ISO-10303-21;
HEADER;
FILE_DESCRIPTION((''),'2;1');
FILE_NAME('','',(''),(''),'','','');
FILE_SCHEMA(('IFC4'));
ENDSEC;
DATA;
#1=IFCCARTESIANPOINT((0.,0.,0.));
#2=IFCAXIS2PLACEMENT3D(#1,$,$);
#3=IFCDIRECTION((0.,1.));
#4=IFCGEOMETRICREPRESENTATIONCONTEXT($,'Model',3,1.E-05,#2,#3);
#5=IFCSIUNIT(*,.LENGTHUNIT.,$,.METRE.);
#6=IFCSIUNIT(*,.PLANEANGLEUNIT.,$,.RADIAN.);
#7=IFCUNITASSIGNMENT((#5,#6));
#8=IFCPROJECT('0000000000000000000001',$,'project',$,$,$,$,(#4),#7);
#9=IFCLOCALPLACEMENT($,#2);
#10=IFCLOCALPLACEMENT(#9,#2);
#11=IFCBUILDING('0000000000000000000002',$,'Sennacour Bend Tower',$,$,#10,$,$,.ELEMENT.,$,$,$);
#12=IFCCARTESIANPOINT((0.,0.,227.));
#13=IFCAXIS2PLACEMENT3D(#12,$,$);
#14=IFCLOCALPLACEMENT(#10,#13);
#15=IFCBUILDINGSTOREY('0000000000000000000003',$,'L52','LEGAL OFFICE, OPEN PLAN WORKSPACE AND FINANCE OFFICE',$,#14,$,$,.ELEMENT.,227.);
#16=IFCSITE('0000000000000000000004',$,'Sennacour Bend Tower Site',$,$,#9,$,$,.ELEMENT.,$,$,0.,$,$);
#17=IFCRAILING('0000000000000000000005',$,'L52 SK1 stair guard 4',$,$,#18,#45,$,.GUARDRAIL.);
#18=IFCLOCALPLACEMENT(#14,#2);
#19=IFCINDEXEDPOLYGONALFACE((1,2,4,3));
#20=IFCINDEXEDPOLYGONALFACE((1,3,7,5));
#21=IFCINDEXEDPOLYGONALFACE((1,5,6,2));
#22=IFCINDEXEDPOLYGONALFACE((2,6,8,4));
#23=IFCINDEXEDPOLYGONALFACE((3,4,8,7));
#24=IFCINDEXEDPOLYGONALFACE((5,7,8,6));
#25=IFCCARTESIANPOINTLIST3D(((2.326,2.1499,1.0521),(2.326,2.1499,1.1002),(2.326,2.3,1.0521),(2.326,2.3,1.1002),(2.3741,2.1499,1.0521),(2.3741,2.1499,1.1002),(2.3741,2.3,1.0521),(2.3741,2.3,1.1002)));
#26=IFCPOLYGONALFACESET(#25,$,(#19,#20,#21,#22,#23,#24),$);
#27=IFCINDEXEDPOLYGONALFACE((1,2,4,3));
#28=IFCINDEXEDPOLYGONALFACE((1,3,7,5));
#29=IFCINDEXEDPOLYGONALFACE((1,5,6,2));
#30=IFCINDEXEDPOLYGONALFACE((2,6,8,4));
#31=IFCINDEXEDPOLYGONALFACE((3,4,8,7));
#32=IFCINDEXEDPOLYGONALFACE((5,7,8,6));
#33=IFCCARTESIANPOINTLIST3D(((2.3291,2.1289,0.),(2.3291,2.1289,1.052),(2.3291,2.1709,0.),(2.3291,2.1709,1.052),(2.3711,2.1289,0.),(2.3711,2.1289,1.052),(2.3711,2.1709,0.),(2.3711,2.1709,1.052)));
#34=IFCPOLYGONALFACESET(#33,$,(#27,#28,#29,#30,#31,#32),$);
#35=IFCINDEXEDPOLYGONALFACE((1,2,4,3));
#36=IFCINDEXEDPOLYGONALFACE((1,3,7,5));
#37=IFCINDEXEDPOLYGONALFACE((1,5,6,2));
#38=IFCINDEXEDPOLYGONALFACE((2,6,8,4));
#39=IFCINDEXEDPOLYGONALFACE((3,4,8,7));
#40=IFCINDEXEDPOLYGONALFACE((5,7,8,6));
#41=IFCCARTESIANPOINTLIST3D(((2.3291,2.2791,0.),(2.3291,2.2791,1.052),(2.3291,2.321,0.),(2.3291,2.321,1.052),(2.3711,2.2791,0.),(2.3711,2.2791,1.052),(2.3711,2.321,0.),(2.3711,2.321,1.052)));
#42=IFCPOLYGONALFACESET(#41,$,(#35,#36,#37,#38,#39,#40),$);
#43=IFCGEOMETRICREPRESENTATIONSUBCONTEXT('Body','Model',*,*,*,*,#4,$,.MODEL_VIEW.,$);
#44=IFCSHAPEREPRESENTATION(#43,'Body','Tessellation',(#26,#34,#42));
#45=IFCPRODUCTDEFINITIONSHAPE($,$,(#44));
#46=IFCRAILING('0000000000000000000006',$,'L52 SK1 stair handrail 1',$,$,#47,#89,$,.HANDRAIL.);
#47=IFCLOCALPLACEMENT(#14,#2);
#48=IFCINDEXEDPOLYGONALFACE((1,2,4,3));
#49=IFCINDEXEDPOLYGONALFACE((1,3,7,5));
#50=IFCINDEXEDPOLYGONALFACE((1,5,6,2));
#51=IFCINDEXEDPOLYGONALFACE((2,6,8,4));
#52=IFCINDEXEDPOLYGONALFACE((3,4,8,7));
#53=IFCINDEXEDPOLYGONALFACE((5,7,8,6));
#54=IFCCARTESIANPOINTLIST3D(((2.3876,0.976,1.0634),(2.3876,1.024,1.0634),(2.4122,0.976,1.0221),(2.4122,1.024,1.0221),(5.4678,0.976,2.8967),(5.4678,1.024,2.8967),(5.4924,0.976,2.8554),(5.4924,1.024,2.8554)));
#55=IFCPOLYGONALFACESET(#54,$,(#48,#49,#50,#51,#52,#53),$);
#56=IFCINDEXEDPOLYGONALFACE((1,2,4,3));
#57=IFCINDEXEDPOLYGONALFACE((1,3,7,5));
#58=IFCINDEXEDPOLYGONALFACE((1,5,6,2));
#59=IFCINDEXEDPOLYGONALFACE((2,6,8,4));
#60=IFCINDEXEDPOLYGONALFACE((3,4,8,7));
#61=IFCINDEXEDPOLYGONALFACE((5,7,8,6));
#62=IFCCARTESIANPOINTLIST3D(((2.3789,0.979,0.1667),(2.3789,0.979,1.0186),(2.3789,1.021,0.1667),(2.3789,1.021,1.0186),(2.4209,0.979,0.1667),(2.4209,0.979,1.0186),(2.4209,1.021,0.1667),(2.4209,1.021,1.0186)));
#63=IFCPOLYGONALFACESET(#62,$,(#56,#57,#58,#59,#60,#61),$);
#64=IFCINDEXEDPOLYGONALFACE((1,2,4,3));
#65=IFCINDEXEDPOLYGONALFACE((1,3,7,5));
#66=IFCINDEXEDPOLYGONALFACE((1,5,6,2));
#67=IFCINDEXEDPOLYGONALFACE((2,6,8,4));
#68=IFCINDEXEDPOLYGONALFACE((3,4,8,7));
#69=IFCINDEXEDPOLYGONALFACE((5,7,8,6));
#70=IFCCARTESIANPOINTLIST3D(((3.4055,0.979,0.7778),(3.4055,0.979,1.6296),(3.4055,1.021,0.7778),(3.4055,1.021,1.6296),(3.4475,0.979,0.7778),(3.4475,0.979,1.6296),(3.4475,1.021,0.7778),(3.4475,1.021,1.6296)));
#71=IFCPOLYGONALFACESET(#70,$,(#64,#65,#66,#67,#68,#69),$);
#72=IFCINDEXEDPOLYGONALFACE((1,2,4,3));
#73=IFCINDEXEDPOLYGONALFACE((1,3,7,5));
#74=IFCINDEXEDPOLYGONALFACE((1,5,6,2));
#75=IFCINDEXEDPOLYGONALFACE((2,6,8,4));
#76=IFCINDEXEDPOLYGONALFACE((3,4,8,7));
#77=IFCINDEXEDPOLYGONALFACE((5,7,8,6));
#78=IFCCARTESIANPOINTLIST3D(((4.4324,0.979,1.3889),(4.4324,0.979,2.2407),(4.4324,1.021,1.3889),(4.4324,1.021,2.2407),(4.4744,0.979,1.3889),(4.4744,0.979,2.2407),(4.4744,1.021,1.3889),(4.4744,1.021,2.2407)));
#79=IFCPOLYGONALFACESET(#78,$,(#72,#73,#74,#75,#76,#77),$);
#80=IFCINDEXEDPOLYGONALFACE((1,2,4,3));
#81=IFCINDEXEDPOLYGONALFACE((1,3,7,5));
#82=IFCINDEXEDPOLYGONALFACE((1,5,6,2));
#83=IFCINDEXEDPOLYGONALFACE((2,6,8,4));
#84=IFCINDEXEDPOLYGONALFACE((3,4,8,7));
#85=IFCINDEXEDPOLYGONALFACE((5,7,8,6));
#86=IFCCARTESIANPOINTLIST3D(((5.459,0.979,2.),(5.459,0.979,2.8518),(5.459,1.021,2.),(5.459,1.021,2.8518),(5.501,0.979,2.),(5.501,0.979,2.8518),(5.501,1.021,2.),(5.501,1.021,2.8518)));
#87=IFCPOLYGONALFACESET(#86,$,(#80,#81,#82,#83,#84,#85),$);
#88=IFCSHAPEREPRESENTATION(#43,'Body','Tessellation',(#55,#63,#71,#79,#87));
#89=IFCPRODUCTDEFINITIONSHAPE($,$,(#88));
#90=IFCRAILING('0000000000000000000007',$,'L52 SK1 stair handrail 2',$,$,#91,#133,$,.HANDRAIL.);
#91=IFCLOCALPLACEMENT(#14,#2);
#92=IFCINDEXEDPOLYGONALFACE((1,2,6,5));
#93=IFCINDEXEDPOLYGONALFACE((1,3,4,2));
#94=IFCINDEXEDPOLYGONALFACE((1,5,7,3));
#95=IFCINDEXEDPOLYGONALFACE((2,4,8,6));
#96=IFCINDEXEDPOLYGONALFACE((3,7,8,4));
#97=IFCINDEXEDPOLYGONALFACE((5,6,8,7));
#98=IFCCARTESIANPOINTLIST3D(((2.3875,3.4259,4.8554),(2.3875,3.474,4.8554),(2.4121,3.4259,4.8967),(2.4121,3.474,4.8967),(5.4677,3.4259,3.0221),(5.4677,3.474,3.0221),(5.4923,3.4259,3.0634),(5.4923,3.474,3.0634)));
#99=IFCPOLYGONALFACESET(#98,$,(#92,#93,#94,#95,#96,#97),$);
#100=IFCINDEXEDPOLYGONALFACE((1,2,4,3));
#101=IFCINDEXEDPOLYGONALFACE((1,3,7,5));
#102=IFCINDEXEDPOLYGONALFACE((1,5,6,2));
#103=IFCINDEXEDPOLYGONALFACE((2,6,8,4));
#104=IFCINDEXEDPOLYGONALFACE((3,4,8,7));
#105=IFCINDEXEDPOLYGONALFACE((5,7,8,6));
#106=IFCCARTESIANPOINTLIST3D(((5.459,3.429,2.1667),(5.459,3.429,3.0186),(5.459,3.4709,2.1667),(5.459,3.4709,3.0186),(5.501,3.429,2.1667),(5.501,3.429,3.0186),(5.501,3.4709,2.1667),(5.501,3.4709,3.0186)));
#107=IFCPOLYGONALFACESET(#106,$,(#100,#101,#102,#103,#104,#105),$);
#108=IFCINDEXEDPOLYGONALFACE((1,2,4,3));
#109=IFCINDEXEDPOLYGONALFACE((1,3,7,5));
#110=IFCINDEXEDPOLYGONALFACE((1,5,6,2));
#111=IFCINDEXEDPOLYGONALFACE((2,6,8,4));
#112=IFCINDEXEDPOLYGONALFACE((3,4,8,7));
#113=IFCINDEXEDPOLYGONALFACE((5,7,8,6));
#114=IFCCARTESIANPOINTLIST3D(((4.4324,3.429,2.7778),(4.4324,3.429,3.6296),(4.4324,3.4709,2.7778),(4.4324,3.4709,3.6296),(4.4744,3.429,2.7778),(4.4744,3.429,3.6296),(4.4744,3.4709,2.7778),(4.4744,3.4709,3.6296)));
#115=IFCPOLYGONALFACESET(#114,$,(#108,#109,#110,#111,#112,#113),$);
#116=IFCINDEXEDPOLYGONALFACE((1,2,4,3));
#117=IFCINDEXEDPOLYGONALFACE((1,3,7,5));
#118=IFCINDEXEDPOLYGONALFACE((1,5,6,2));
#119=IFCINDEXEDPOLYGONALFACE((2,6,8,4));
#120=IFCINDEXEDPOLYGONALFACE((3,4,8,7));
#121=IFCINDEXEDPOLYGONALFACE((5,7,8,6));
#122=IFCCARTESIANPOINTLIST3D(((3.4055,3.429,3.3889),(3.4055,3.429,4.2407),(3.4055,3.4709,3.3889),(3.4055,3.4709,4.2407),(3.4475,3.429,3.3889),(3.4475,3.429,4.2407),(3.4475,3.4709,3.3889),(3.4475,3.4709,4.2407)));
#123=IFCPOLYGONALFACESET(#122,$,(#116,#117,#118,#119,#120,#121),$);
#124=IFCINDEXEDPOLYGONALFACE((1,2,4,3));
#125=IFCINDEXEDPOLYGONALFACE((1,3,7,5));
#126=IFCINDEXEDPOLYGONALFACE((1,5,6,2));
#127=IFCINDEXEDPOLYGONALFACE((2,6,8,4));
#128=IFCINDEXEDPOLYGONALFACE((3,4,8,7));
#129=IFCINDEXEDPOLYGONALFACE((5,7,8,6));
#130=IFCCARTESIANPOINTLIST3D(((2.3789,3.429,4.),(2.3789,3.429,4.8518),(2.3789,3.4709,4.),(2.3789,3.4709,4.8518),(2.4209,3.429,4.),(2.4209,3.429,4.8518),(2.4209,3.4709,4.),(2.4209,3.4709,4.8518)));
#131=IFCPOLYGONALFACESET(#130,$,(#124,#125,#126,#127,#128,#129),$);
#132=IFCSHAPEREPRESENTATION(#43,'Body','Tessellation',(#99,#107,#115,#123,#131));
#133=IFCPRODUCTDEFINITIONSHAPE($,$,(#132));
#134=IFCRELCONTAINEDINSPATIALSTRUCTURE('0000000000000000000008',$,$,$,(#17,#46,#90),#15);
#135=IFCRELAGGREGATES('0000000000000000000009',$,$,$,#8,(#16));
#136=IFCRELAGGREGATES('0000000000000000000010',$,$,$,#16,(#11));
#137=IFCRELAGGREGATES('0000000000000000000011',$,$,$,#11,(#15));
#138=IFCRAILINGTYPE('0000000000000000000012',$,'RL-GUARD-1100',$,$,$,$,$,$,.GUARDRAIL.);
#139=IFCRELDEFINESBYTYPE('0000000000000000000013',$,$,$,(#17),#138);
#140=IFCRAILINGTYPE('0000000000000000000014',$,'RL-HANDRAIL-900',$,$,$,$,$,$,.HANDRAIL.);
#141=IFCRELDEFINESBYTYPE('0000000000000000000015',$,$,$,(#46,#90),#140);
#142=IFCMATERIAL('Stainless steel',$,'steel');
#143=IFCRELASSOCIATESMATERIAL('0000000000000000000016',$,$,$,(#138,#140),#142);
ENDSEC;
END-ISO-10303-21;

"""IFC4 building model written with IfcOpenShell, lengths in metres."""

from ifc_helpers import new_model, si_unit, direction, frame, origin, origin_2d, place, context, subcontext, project, spatial, rectangle, extrude, material, type_object, element, save


model = new_model("IFC4")

# Units and contexts
model_context = context("Model", 3, precision=1e-05, world=origin(), true_north=direction((0.0, 1.0)))
body_context = subcontext(model_context, "Body", "Model", "MODEL_VIEW")
ifc_project = project(units=[si_unit("LENGTHUNIT", "METRE"), si_unit("PLANEANGLEUNIT", "RADIAN")], contexts=[model_context])

# Site, building, storey
site_placement = place(None, origin())
site = spatial("IfcSite", under=ifc_project, at=site_placement, Name="Sennacour Bend Tower Site", CompositionType="ELEMENT", RefElevation=0.0)
building_placement = place(site_placement, origin())
building = spatial("IfcBuilding", under=site, at=building_placement, Name="Sennacour Bend Tower", CompositionType="ELEMENT")
storey_placement = place(building_placement, frame((0.0, 0.0, 227.0)))
storey = spatial("IfcBuildingStorey", under=building, at=storey_placement, Name="L52", Description="LEGAL OFFICE, OPEN PLAN WORKSPACE AND FINANCE OFFICE", CompositionType="ELEMENT", Elevation=227.0)

# Railings
ifc_material_1 = material(Name="Stainless steel", Category="steel")
railing_type_1 = type_object("IfcRailingType", Name="RL-GUARD-1100", PredefinedType="GUARDRAIL", material=ifc_material_1)
railing_1_placement = place(storey_placement, frame((2.3501, 2.1499, 0.0)))
element("IfcRailing", 1, at=railing_1_placement, inside=storey, type_object=railing_type_1, Name="L52 SK1 stair guard 4", PredefinedType="GUARDRAIL", context=body_context, shape_type="SweptSolid", body=[
    extrude(rectangle(XDim=0.0481, YDim=0.0481, at=origin_2d()), frame((0.0, 0.0, 1.0762), z_axis=(0.0, 1.0, 0.0), x_axis=(-1.0, 0.0, 0.0)), (0.0, 0.0, 1.0), 0.1501),
    extrude(rectangle(XDim=0.042, YDim=0.042, at=origin_2d()), origin(), (0.0, 0.0, 1.0), 1.052),
    extrude(rectangle(XDim=0.042, YDim=0.042, at=origin_2d()), frame((0.0, 0.1501, 0.0)), (0.0, 0.0, 1.0), 1.052),
])
railing_type_2 = type_object("IfcRailingType", Name="RL-HANDRAIL-900", PredefinedType="HANDRAIL", material=ifc_material_1)
railing_2_placement = place(storey_placement, frame((2.3999, 1.0, 0.1667)))
element("IfcRailing", 2, at=railing_2_placement, inside=storey, type_object=railing_type_2, Name="L52 SK1 stair handrail 1", PredefinedType="HANDRAIL", context=body_context, shape_type="SweptSolid", body=[
    extrude(rectangle(XDim=0.0481, YDim=0.0481, at=origin_2d()), frame((0.0, 0.0, 0.876), z_axis=(0.859309, 0.0, 0.511458), x_axis=(0.0, 1.0, 0.0)), (0.0, 0.0, 1.0), 3.5845),
    extrude(rectangle(XDim=0.042, YDim=0.042, at=origin_2d()), origin(), (0.0, 0.0, 1.0), 0.8518),
    extrude(rectangle(XDim=0.042, YDim=0.042, at=origin_2d()), frame((1.0266, 0.0, 0.6111)), (0.0, 0.0, 1.0), 0.8518),
    extrude(rectangle(XDim=0.042, YDim=0.042, at=origin_2d()), frame((2.0535, 0.0, 1.2222)), (0.0, 0.0, 1.0), 0.8518),
    extrude(rectangle(XDim=0.042, YDim=0.042, at=origin_2d()), frame((3.0801, 0.0, 1.8333)), (0.0, 0.0, 1.0), 0.8518),
])
railing_3_placement = place(storey_placement, frame((5.48, 3.45, 2.1667)))
element("IfcRailing", 3, at=railing_3_placement, inside=storey, type_object=railing_type_2, Name="L52 SK1 stair handrail 2", PredefinedType="HANDRAIL", context=body_context, shape_type="SweptSolid", body=[
    extrude(rectangle(XDim=0.0481, YDim=0.0481, at=origin_2d()), frame((0.0, 0.0, 0.876), z_axis=(-0.859309, 0.0, 0.511458), x_axis=(0.0, -1.0, 0.0)), (0.0, 0.0, 1.0), 3.5845),
    extrude(rectangle(XDim=0.042, YDim=0.042, at=origin_2d()), origin(), (0.0, 0.0, 1.0), 0.8518),
    extrude(rectangle(XDim=0.042, YDim=0.042, at=origin_2d()), frame((-1.0266, 0.0, 0.6111)), (0.0, 0.0, 1.0), 0.8518),
    extrude(rectangle(XDim=0.042, YDim=0.042, at=origin_2d()), frame((-2.0535, 0.0, 1.2222)), (0.0, 0.0, 1.0), 0.8518),
    extrude(rectangle(XDim=0.042, YDim=0.042, at=origin_2d()), frame((-3.0801, 0.0, 1.8333)), (0.0, 0.0, 1.0), 0.8518),
])

save(model, "model.ifc")
